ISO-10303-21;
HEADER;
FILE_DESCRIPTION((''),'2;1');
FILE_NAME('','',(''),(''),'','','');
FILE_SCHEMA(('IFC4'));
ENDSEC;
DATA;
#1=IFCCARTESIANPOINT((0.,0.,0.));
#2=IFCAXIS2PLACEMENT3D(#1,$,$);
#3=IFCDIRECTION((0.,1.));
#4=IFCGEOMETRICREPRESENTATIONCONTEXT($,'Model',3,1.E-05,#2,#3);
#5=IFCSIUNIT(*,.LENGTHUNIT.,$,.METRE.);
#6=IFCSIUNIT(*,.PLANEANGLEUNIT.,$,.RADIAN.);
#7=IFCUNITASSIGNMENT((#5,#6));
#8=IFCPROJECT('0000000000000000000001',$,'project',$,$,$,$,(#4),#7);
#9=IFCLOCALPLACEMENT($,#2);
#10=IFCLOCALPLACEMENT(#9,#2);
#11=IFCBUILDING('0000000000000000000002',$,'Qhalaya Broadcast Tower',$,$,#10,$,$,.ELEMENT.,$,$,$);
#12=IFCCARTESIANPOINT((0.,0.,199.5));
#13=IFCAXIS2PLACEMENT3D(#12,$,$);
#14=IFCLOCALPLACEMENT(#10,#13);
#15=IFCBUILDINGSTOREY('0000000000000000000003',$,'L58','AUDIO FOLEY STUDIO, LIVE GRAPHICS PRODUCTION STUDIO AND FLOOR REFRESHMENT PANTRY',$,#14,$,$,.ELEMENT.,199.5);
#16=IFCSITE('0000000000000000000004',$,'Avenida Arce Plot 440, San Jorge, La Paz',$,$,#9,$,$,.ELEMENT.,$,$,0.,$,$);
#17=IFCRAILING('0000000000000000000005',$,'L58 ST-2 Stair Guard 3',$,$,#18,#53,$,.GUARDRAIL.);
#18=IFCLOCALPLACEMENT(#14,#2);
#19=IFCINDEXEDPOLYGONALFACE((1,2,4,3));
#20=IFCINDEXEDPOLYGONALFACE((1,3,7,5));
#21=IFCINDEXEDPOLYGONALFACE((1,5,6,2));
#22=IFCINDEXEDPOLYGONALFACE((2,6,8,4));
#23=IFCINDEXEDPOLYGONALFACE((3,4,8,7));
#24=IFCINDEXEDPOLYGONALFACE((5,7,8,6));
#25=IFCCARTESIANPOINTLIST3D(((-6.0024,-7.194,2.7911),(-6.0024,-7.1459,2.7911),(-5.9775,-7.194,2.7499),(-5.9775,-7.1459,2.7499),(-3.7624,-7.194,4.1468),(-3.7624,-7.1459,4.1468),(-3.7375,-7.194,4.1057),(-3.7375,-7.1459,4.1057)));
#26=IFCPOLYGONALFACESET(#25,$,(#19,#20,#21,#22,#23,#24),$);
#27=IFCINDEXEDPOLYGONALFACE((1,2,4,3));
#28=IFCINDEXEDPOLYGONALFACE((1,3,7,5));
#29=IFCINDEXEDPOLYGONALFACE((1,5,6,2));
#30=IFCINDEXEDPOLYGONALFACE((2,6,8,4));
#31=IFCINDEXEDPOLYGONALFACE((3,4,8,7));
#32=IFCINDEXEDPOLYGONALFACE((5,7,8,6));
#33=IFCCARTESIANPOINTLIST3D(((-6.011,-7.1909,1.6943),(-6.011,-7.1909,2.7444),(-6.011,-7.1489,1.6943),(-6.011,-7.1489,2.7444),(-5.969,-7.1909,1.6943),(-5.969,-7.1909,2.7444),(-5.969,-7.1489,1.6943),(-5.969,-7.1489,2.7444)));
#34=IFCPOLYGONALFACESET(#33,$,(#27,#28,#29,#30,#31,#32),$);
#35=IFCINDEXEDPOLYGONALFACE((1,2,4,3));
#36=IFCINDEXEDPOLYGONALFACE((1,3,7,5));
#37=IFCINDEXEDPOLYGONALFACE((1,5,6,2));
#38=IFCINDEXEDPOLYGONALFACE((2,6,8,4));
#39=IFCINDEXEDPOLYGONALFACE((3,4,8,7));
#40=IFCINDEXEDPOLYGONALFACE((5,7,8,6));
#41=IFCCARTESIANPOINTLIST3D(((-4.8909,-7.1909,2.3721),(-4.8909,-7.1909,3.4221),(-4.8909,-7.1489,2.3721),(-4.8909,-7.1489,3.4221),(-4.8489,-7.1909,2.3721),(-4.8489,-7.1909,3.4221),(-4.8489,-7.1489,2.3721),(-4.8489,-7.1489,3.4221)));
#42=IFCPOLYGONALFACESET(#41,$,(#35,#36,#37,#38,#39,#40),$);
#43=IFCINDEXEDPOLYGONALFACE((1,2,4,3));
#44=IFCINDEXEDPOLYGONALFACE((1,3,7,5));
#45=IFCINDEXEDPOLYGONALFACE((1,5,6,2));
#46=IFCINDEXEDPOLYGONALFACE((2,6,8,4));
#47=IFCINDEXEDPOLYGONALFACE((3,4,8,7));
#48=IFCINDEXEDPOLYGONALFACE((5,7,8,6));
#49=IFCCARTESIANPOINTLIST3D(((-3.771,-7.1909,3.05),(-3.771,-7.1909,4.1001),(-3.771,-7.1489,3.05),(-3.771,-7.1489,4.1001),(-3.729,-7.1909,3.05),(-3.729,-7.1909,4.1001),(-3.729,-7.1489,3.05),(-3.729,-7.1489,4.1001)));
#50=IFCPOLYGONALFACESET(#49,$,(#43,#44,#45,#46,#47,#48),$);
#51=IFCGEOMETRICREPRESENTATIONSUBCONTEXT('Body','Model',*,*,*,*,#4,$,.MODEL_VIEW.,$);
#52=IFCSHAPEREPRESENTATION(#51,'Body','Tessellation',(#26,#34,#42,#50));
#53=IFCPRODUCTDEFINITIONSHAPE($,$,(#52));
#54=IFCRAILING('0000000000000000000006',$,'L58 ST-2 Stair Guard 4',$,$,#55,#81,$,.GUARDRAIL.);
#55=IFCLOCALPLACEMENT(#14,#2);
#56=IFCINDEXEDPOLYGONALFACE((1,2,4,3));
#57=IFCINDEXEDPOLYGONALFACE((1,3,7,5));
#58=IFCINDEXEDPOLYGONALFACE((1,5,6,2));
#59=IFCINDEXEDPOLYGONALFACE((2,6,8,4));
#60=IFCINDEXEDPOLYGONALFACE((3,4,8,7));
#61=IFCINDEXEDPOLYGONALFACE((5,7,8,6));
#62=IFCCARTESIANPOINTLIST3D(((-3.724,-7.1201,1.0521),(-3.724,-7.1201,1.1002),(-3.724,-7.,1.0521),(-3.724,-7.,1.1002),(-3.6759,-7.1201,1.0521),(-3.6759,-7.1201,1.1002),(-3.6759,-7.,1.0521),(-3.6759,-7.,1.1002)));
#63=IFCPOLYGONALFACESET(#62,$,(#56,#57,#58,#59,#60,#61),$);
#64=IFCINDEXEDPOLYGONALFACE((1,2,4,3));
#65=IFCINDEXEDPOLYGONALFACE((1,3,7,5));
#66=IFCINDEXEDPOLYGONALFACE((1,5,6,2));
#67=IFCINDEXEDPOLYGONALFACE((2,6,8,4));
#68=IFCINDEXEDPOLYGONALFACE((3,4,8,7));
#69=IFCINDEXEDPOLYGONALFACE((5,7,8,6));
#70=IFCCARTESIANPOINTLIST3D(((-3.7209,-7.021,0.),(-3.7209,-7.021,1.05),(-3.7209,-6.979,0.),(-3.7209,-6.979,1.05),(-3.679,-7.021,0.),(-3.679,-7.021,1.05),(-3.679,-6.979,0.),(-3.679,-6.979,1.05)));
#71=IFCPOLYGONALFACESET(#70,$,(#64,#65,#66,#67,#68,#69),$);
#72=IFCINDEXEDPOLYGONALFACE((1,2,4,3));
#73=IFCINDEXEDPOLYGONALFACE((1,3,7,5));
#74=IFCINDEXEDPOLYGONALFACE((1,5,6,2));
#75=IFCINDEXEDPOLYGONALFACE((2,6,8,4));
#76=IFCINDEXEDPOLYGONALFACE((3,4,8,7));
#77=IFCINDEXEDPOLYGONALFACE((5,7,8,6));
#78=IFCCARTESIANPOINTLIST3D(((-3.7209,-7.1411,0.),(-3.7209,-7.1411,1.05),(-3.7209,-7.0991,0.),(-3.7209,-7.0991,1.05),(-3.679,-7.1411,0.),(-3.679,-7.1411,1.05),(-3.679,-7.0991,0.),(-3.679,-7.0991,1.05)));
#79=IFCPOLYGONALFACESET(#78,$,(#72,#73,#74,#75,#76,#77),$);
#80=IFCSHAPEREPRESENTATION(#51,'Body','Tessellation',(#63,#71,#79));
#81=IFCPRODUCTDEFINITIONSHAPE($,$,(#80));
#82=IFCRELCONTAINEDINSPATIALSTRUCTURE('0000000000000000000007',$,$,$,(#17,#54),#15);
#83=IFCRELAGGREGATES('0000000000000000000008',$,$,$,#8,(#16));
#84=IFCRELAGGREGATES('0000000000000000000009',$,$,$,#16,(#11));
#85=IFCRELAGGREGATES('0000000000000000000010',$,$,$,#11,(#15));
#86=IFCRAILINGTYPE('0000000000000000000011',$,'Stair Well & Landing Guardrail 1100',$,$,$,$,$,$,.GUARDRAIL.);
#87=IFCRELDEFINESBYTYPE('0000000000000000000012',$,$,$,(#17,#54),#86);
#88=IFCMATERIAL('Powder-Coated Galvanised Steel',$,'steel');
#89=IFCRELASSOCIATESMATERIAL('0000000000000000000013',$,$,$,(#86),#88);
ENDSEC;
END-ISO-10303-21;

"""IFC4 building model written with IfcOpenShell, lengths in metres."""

from ifc_helpers import new_model, si_unit, direction, frame, origin, origin_2d, place, context, subcontext, project, spatial, rectangle, extrude, material, type_object, element, save


model = new_model("IFC4")

# Units and contexts
model_context = context("Model", 3, precision=1e-05, world=origin(), true_north=direction((0.0, 1.0)))
body_context = subcontext(model_context, "Body", "Model", "MODEL_VIEW")
ifc_project = project(units=[si_unit("LENGTHUNIT", "METRE"), si_unit("PLANEANGLEUNIT", "RADIAN")], contexts=[model_context])

# Site, building, storey
site_placement = place(None, origin())
site = spatial("IfcSite", under=ifc_project, at=site_placement, Name="Avenida Arce Plot 440, San Jorge, La Paz", CompositionType="ELEMENT", RefElevation=0.0)
building_placement = place(site_placement, origin())
building = spatial("IfcBuilding", under=site, at=building_placement, Name="Qhalaya Broadcast Tower", CompositionType="ELEMENT")
storey_placement = place(building_placement, frame((0.0, 0.0, 199.5)))
storey = spatial("IfcBuildingStorey", under=building, at=storey_placement, Name="L58", Description="AUDIO FOLEY STUDIO, LIVE GRAPHICS PRODUCTION STUDIO AND FLOOR REFRESHMENT PANTRY", CompositionType="ELEMENT", Elevation=199.5)

# Railings
ifc_material_1 = material(Name="Powder-Coated Galvanised Steel", Category="steel")
railing_type_1 = type_object("IfcRailingType", Name="Stair Well & Landing Guardrail 1100", PredefinedType="GUARDRAIL", material=ifc_material_1)
railing_1_placement = place(storey_placement, frame((-5.99, -7.1699, 1.6943)))
element("IfcRailing", 1, at=railing_1_placement, inside=storey, type_object=railing_type_1, Name="L58 ST-2 Stair Guard 3", PredefinedType="GUARDRAIL", context=body_context, shape_type="SweptSolid", body=[
    extrude(rectangle(XDim=0.0481, YDim=0.0481, at=origin_2d()), frame((0.0, 0.0, 1.0762), z_axis=(0.855512, 0.0, 0.517783), x_axis=(0.0, 1.0, 0.0)), (0.0, 0.0, 1.0), 2.6184),
    extrude(rectangle(XDim=0.042, YDim=0.042, at=origin_2d()), origin(), (0.0, 0.0, 1.0), 1.05),
    extrude(rectangle(XDim=0.042, YDim=0.042, at=origin_2d()), frame((1.1201, 0.0, 0.6777)), (0.0, 0.0, 1.0), 1.05),
    extrude(rectangle(XDim=0.042, YDim=0.042, at=origin_2d()), frame((2.24, 0.0, 1.3557)), (0.0, 0.0, 1.0), 1.05),
])
railing_2_placement = place(storey_placement, frame((-3.7, -7.0, 0.0)))
element("IfcRailing", 2, at=railing_2_placement, inside=storey, type_object=railing_type_1, Name="L58 ST-2 Stair Guard 4", PredefinedType="GUARDRAIL", context=body_context, shape_type="SweptSolid", body=[
    extrude(rectangle(XDim=0.0481, YDim=0.0481, at=origin_2d()), frame((0.0, 0.0, 1.0762), z_axis=(0.0, -1.0, 0.0), x_axis=(1.0, 0.0, 0.0)), (0.0, 0.0, 1.0), 0.1201),
    extrude(rectangle(XDim=0.042, YDim=0.042, at=origin_2d()), origin(), (0.0, 0.0, 1.0), 1.05),
    extrude(rectangle(XDim=0.042, YDim=0.042, at=origin_2d()), frame((0.0, -0.1201, 0.0)), (0.0, 0.0, 1.0), 1.05),
])

save(model, "model.ifc")
